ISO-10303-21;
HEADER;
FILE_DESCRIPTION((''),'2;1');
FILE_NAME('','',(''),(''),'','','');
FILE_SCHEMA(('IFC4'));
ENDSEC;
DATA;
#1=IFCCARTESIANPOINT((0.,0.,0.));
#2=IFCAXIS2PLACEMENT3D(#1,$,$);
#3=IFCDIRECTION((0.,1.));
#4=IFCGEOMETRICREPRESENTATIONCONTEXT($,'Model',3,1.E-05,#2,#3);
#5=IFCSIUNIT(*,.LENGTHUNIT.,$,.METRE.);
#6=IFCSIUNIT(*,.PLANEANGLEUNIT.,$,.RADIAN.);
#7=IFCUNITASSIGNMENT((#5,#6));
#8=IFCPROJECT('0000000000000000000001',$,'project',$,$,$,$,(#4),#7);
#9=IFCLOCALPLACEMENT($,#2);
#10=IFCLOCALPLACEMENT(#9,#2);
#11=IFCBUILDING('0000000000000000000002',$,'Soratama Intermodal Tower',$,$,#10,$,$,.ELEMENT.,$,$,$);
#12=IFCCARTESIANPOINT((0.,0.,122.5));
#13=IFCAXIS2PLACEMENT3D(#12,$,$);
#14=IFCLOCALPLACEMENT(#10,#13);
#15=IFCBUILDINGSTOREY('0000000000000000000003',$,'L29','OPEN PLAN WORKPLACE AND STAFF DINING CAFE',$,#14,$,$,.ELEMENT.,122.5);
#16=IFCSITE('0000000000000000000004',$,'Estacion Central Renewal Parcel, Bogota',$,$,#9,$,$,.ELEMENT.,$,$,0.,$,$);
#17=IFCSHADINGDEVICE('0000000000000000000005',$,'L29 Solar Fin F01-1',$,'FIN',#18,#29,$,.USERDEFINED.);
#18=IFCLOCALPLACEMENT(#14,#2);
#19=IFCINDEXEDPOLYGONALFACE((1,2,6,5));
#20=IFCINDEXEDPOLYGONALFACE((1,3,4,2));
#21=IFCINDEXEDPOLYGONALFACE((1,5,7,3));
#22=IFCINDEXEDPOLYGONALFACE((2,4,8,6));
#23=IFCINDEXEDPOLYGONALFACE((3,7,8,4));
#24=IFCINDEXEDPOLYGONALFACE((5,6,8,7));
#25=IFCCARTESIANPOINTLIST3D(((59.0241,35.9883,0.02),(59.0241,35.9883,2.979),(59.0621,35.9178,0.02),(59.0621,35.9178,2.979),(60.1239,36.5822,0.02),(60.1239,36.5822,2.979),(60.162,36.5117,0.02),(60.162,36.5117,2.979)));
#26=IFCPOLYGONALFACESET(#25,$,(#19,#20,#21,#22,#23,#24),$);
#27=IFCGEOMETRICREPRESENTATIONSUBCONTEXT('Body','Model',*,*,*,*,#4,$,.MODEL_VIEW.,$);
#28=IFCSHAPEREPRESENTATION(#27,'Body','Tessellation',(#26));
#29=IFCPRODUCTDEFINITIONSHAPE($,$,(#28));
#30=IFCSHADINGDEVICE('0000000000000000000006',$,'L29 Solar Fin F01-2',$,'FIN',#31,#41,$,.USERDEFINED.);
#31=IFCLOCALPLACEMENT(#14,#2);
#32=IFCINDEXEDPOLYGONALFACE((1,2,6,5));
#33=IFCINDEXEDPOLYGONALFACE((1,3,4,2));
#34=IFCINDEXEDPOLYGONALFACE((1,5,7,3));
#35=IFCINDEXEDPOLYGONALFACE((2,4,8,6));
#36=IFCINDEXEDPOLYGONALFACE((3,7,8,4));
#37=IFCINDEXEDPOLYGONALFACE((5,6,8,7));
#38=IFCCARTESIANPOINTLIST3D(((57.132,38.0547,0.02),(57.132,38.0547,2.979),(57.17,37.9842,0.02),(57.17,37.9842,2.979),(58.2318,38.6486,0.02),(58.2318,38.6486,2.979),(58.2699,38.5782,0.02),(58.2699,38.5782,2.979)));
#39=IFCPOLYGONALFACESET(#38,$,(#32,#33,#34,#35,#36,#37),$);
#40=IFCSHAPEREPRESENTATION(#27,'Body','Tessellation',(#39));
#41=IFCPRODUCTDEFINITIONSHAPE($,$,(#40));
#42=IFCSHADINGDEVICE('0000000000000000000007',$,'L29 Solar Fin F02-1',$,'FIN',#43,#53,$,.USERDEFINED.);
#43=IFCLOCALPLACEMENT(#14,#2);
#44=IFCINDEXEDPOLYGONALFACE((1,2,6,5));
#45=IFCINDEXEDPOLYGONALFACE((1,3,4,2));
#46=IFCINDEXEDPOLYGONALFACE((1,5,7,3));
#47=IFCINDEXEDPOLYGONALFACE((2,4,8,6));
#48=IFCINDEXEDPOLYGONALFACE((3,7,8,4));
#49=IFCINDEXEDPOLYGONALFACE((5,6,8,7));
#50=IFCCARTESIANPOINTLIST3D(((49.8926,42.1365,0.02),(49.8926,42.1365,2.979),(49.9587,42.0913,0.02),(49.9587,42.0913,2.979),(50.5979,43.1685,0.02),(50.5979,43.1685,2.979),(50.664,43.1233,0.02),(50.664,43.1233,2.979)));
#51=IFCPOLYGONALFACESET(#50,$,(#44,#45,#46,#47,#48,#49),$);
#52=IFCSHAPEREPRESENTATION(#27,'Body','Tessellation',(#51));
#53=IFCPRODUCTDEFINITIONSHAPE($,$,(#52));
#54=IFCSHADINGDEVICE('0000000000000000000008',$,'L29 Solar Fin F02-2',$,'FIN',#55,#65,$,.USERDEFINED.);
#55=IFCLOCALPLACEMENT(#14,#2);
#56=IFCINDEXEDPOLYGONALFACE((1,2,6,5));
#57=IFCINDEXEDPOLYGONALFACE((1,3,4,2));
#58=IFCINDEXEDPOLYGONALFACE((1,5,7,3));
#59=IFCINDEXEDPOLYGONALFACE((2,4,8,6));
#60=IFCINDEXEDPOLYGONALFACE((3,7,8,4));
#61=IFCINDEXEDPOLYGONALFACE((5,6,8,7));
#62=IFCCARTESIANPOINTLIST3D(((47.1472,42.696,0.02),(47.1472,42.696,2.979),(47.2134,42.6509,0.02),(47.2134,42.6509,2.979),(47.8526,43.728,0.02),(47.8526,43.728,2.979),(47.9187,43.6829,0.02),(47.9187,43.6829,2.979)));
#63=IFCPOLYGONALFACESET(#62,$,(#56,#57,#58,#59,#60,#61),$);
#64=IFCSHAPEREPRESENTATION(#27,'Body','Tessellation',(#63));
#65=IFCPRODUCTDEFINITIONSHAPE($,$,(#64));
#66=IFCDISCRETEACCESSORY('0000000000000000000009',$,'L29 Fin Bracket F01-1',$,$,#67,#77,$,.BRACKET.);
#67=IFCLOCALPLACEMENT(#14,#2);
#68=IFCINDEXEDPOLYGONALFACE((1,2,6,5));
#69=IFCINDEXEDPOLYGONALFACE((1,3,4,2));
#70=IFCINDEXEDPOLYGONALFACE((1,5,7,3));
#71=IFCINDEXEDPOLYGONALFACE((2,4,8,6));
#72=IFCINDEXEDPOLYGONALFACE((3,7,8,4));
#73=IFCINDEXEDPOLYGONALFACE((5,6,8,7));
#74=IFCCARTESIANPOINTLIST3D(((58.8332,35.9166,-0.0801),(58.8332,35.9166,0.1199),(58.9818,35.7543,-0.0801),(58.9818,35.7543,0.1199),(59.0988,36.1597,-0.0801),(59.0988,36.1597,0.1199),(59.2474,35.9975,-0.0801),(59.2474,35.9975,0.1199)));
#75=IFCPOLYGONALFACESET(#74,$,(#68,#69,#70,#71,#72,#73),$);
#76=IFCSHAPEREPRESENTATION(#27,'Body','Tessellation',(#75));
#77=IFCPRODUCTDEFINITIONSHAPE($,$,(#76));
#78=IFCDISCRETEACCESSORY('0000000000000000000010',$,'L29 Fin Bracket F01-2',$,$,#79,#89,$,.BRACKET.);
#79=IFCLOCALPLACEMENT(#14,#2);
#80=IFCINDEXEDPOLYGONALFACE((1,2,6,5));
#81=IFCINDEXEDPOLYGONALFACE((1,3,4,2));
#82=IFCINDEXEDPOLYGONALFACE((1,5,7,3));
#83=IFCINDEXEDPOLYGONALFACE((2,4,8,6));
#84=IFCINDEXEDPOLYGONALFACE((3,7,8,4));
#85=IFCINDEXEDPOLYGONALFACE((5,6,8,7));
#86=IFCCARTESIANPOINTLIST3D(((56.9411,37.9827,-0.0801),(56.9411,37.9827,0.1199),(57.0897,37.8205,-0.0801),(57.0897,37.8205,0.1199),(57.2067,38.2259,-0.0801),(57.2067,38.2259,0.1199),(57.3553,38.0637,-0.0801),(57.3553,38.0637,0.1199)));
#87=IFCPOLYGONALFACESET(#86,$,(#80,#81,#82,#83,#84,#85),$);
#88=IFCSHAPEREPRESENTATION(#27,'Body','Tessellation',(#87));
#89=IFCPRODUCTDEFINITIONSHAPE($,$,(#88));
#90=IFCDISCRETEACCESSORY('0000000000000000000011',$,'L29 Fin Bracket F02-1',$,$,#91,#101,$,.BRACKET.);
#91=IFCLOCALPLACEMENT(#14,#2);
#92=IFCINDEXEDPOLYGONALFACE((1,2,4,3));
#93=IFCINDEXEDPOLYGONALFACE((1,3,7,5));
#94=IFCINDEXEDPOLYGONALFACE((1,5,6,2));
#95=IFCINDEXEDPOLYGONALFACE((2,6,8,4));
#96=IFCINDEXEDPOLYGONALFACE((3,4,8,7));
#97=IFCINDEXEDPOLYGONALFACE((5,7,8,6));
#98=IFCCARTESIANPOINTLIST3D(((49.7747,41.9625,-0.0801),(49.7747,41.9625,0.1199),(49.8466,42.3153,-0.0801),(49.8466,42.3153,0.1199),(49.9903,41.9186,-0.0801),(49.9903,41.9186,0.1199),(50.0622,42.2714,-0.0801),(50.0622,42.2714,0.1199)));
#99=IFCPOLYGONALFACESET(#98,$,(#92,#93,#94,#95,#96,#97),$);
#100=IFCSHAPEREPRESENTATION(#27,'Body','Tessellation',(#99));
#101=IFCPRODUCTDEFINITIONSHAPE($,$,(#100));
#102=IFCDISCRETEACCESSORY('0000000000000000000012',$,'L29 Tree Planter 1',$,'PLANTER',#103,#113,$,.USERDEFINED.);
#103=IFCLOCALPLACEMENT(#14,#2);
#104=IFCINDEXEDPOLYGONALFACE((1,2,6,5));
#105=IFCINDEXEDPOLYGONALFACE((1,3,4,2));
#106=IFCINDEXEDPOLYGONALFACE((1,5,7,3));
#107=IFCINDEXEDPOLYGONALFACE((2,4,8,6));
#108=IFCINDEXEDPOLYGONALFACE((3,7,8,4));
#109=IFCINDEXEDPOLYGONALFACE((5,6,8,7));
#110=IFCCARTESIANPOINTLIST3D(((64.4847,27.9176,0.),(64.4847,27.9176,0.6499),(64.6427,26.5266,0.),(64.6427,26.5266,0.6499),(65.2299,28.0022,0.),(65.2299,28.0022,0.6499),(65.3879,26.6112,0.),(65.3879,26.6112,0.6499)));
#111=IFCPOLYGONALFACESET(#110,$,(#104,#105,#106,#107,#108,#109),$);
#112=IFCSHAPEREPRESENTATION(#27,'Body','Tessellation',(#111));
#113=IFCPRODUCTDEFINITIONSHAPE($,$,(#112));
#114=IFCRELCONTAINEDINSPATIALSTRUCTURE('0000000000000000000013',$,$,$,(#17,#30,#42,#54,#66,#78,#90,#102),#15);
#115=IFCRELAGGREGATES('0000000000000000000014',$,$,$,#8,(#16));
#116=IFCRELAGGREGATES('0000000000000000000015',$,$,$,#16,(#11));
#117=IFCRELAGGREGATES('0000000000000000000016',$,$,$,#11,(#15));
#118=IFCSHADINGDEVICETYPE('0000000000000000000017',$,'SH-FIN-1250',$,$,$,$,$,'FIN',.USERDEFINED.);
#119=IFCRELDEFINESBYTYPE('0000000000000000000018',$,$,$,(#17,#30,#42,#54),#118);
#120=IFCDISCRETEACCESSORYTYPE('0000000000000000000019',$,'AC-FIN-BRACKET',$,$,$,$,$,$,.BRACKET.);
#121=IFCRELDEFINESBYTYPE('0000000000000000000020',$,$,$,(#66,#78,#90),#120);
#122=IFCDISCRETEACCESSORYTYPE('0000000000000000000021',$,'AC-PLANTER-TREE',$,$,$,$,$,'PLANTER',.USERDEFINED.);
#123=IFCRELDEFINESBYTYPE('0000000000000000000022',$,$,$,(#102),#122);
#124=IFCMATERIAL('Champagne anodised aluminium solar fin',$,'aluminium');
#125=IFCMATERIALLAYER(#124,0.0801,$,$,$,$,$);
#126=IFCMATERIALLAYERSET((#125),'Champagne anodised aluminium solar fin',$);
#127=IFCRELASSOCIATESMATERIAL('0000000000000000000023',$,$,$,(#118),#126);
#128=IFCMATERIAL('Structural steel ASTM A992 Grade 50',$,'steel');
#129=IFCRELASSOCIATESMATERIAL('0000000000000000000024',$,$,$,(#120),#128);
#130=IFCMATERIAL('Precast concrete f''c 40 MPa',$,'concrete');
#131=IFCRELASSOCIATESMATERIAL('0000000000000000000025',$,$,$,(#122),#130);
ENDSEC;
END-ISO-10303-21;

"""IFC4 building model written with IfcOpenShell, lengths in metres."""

from ifc_helpers import new_model, si_unit, direction, frame, origin, origin_2d, place, context, subcontext, project, spatial, rectangle, extrude, material, layer, layer_set, type_object, element, save


model = new_model("IFC4")

# Units and contexts
model_context = context("Model", 3, precision=1e-05, world=origin(), true_north=direction((0.0, 1.0)))
body_context = subcontext(model_context, "Body", "Model", "MODEL_VIEW")
ifc_project = project(units=[si_unit("LENGTHUNIT", "METRE"), si_unit("PLANEANGLEUNIT", "RADIAN")], contexts=[model_context])

# Site, building, storey
site_placement = place(None, origin())
site = spatial("IfcSite", under=ifc_project, at=site_placement, Name="Estacion Central Renewal Parcel, Bogota", CompositionType="ELEMENT", RefElevation=0.0)
building_placement = place(site_placement, origin())
building = spatial("IfcBuilding", under=site, at=building_placement, Name="Soratama Intermodal Tower", CompositionType="ELEMENT")
storey_placement = place(building_placement, frame((0.0, 0.0, 122.5)))
storey = spatial("IfcBuildingStorey", under=building, at=storey_placement, Name="L29", Description="OPEN PLAN WORKPLACE AND STAFF DINING CAFE", CompositionType="ELEMENT", Elevation=122.5)

# Shading devices
ifc_material_1 = material(Name="Champagne anodised aluminium solar fin", Category="aluminium")
ifc_layer_1 = layer(ifc_material_1, 0.0801)
ifc_layer_set_1 = layer_set([ifc_layer_1], Name="Champagne anodised aluminium solar fin")
shading_device_type = type_object("IfcShadingDeviceType", Name="SH-FIN-1250", ElementType="FIN", PredefinedType="USERDEFINED", material=ifc_layer_set_1)
for number, where, z_axis, x_axis, name in (
    (1, (59.593, 36.25, 0.02), (0.0, 0.0, 1.0), (0.879897, 0.475164, 0.0), "L29 Solar Fin F01-1"),
    (2, (57.7009, 38.3164, 0.02), (0.0, 0.0, 1.0), (0.879897, 0.475164, 0.0), "L29 Solar Fin F01-2"),
    (3, (50.2783, 42.6299, 0.02), (0.0, 0.0, 1.0), (0.564247, 0.825606, 0.0), "L29 Solar Fin F02-1"),
    (4, (47.533, 43.1895, 0.02), (0.0, 0.0, 1.0), (0.564247, 0.825606, 0.0), "L29 Solar Fin F02-2"),
):
    element("IfcShadingDevice", number, at=place(storey_placement, frame(where, z_axis=z_axis, x_axis=x_axis)), inside=storey, type_object=shading_device_type, Name=name, ObjectType="FIN", PredefinedType="USERDEFINED", context=body_context, shape_type="SweptSolid", body=[
        extrude(rectangle(XDim=1.25, YDim=0.0801, at=origin_2d()), origin(), (0.0, 0.0, 1.0), 2.959),
    ])

# Discrete accessories
ifc_material_2 = material(Name="Structural steel ASTM A992 Grade 50", Category="steel")
discrete_accessory_type_1 = type_object("IfcDiscreteAccessoryType", Name="AC-FIN-BRACKET", PredefinedType="BRACKET", material=ifc_material_2)
for number, where, z_axis, x_axis, name in (
    (5, (59.0403, 35.957, -0.0801), (0.0, 0.0, 1.0), (0.737513, 0.675333, 0.0), "L29 Fin Bracket F01-1"),
    (6, (57.1482, 38.0232, -0.0801), (0.0, 0.0, 1.0), (0.737513, 0.675333, 0.0), "L29 Fin Bracket F01-2"),
    (7, (49.9185, 42.1169, -0.0801), (0.0, 0.0, 1.0), (0.19971, 0.979855, 0.0), "L29 Fin Bracket F02-1"),
):
    element("IfcDiscreteAccessory", number, at=place(storey_placement, frame(where, z_axis=z_axis, x_axis=x_axis)), inside=storey, type_object=discrete_accessory_type_1, Name=name, PredefinedType="BRACKET", context=body_context, shape_type="SweptSolid", body=[
        extrude(rectangle(XDim=0.3601, YDim=0.22, at=origin_2d()), origin(), (0.0, 0.0, 1.0), 0.2),
    ])
ifc_material_3 = material(Name="Precast concrete f'c 40 MPa", Category="concrete")
discrete_accessory_type_2 = type_object("IfcDiscreteAccessoryType", Name="AC-PLANTER-TREE", ElementType="PLANTER", PredefinedType="USERDEFINED", material=ifc_material_3)
discrete_accessory_placement = place(storey_placement, frame((64.9363, 27.2644, 0.0), z_axis=(0.0, 0.0, 1.0), x_axis=(0.993611, 0.112856, 0.0)))
element("IfcDiscreteAccessory", 8, at=discrete_accessory_placement, inside=storey, type_object=discrete_accessory_type_2, Name="L29 Tree Planter 1", ObjectType="PLANTER", PredefinedType="USERDEFINED", context=body_context, shape_type="SweptSolid", body=[
    extrude(rectangle(XDim=0.75, YDim=1.3999, at=origin_2d()), origin(), (0.0, 0.0, 1.0), 0.6499),
])

save(model, "model.ifc")
